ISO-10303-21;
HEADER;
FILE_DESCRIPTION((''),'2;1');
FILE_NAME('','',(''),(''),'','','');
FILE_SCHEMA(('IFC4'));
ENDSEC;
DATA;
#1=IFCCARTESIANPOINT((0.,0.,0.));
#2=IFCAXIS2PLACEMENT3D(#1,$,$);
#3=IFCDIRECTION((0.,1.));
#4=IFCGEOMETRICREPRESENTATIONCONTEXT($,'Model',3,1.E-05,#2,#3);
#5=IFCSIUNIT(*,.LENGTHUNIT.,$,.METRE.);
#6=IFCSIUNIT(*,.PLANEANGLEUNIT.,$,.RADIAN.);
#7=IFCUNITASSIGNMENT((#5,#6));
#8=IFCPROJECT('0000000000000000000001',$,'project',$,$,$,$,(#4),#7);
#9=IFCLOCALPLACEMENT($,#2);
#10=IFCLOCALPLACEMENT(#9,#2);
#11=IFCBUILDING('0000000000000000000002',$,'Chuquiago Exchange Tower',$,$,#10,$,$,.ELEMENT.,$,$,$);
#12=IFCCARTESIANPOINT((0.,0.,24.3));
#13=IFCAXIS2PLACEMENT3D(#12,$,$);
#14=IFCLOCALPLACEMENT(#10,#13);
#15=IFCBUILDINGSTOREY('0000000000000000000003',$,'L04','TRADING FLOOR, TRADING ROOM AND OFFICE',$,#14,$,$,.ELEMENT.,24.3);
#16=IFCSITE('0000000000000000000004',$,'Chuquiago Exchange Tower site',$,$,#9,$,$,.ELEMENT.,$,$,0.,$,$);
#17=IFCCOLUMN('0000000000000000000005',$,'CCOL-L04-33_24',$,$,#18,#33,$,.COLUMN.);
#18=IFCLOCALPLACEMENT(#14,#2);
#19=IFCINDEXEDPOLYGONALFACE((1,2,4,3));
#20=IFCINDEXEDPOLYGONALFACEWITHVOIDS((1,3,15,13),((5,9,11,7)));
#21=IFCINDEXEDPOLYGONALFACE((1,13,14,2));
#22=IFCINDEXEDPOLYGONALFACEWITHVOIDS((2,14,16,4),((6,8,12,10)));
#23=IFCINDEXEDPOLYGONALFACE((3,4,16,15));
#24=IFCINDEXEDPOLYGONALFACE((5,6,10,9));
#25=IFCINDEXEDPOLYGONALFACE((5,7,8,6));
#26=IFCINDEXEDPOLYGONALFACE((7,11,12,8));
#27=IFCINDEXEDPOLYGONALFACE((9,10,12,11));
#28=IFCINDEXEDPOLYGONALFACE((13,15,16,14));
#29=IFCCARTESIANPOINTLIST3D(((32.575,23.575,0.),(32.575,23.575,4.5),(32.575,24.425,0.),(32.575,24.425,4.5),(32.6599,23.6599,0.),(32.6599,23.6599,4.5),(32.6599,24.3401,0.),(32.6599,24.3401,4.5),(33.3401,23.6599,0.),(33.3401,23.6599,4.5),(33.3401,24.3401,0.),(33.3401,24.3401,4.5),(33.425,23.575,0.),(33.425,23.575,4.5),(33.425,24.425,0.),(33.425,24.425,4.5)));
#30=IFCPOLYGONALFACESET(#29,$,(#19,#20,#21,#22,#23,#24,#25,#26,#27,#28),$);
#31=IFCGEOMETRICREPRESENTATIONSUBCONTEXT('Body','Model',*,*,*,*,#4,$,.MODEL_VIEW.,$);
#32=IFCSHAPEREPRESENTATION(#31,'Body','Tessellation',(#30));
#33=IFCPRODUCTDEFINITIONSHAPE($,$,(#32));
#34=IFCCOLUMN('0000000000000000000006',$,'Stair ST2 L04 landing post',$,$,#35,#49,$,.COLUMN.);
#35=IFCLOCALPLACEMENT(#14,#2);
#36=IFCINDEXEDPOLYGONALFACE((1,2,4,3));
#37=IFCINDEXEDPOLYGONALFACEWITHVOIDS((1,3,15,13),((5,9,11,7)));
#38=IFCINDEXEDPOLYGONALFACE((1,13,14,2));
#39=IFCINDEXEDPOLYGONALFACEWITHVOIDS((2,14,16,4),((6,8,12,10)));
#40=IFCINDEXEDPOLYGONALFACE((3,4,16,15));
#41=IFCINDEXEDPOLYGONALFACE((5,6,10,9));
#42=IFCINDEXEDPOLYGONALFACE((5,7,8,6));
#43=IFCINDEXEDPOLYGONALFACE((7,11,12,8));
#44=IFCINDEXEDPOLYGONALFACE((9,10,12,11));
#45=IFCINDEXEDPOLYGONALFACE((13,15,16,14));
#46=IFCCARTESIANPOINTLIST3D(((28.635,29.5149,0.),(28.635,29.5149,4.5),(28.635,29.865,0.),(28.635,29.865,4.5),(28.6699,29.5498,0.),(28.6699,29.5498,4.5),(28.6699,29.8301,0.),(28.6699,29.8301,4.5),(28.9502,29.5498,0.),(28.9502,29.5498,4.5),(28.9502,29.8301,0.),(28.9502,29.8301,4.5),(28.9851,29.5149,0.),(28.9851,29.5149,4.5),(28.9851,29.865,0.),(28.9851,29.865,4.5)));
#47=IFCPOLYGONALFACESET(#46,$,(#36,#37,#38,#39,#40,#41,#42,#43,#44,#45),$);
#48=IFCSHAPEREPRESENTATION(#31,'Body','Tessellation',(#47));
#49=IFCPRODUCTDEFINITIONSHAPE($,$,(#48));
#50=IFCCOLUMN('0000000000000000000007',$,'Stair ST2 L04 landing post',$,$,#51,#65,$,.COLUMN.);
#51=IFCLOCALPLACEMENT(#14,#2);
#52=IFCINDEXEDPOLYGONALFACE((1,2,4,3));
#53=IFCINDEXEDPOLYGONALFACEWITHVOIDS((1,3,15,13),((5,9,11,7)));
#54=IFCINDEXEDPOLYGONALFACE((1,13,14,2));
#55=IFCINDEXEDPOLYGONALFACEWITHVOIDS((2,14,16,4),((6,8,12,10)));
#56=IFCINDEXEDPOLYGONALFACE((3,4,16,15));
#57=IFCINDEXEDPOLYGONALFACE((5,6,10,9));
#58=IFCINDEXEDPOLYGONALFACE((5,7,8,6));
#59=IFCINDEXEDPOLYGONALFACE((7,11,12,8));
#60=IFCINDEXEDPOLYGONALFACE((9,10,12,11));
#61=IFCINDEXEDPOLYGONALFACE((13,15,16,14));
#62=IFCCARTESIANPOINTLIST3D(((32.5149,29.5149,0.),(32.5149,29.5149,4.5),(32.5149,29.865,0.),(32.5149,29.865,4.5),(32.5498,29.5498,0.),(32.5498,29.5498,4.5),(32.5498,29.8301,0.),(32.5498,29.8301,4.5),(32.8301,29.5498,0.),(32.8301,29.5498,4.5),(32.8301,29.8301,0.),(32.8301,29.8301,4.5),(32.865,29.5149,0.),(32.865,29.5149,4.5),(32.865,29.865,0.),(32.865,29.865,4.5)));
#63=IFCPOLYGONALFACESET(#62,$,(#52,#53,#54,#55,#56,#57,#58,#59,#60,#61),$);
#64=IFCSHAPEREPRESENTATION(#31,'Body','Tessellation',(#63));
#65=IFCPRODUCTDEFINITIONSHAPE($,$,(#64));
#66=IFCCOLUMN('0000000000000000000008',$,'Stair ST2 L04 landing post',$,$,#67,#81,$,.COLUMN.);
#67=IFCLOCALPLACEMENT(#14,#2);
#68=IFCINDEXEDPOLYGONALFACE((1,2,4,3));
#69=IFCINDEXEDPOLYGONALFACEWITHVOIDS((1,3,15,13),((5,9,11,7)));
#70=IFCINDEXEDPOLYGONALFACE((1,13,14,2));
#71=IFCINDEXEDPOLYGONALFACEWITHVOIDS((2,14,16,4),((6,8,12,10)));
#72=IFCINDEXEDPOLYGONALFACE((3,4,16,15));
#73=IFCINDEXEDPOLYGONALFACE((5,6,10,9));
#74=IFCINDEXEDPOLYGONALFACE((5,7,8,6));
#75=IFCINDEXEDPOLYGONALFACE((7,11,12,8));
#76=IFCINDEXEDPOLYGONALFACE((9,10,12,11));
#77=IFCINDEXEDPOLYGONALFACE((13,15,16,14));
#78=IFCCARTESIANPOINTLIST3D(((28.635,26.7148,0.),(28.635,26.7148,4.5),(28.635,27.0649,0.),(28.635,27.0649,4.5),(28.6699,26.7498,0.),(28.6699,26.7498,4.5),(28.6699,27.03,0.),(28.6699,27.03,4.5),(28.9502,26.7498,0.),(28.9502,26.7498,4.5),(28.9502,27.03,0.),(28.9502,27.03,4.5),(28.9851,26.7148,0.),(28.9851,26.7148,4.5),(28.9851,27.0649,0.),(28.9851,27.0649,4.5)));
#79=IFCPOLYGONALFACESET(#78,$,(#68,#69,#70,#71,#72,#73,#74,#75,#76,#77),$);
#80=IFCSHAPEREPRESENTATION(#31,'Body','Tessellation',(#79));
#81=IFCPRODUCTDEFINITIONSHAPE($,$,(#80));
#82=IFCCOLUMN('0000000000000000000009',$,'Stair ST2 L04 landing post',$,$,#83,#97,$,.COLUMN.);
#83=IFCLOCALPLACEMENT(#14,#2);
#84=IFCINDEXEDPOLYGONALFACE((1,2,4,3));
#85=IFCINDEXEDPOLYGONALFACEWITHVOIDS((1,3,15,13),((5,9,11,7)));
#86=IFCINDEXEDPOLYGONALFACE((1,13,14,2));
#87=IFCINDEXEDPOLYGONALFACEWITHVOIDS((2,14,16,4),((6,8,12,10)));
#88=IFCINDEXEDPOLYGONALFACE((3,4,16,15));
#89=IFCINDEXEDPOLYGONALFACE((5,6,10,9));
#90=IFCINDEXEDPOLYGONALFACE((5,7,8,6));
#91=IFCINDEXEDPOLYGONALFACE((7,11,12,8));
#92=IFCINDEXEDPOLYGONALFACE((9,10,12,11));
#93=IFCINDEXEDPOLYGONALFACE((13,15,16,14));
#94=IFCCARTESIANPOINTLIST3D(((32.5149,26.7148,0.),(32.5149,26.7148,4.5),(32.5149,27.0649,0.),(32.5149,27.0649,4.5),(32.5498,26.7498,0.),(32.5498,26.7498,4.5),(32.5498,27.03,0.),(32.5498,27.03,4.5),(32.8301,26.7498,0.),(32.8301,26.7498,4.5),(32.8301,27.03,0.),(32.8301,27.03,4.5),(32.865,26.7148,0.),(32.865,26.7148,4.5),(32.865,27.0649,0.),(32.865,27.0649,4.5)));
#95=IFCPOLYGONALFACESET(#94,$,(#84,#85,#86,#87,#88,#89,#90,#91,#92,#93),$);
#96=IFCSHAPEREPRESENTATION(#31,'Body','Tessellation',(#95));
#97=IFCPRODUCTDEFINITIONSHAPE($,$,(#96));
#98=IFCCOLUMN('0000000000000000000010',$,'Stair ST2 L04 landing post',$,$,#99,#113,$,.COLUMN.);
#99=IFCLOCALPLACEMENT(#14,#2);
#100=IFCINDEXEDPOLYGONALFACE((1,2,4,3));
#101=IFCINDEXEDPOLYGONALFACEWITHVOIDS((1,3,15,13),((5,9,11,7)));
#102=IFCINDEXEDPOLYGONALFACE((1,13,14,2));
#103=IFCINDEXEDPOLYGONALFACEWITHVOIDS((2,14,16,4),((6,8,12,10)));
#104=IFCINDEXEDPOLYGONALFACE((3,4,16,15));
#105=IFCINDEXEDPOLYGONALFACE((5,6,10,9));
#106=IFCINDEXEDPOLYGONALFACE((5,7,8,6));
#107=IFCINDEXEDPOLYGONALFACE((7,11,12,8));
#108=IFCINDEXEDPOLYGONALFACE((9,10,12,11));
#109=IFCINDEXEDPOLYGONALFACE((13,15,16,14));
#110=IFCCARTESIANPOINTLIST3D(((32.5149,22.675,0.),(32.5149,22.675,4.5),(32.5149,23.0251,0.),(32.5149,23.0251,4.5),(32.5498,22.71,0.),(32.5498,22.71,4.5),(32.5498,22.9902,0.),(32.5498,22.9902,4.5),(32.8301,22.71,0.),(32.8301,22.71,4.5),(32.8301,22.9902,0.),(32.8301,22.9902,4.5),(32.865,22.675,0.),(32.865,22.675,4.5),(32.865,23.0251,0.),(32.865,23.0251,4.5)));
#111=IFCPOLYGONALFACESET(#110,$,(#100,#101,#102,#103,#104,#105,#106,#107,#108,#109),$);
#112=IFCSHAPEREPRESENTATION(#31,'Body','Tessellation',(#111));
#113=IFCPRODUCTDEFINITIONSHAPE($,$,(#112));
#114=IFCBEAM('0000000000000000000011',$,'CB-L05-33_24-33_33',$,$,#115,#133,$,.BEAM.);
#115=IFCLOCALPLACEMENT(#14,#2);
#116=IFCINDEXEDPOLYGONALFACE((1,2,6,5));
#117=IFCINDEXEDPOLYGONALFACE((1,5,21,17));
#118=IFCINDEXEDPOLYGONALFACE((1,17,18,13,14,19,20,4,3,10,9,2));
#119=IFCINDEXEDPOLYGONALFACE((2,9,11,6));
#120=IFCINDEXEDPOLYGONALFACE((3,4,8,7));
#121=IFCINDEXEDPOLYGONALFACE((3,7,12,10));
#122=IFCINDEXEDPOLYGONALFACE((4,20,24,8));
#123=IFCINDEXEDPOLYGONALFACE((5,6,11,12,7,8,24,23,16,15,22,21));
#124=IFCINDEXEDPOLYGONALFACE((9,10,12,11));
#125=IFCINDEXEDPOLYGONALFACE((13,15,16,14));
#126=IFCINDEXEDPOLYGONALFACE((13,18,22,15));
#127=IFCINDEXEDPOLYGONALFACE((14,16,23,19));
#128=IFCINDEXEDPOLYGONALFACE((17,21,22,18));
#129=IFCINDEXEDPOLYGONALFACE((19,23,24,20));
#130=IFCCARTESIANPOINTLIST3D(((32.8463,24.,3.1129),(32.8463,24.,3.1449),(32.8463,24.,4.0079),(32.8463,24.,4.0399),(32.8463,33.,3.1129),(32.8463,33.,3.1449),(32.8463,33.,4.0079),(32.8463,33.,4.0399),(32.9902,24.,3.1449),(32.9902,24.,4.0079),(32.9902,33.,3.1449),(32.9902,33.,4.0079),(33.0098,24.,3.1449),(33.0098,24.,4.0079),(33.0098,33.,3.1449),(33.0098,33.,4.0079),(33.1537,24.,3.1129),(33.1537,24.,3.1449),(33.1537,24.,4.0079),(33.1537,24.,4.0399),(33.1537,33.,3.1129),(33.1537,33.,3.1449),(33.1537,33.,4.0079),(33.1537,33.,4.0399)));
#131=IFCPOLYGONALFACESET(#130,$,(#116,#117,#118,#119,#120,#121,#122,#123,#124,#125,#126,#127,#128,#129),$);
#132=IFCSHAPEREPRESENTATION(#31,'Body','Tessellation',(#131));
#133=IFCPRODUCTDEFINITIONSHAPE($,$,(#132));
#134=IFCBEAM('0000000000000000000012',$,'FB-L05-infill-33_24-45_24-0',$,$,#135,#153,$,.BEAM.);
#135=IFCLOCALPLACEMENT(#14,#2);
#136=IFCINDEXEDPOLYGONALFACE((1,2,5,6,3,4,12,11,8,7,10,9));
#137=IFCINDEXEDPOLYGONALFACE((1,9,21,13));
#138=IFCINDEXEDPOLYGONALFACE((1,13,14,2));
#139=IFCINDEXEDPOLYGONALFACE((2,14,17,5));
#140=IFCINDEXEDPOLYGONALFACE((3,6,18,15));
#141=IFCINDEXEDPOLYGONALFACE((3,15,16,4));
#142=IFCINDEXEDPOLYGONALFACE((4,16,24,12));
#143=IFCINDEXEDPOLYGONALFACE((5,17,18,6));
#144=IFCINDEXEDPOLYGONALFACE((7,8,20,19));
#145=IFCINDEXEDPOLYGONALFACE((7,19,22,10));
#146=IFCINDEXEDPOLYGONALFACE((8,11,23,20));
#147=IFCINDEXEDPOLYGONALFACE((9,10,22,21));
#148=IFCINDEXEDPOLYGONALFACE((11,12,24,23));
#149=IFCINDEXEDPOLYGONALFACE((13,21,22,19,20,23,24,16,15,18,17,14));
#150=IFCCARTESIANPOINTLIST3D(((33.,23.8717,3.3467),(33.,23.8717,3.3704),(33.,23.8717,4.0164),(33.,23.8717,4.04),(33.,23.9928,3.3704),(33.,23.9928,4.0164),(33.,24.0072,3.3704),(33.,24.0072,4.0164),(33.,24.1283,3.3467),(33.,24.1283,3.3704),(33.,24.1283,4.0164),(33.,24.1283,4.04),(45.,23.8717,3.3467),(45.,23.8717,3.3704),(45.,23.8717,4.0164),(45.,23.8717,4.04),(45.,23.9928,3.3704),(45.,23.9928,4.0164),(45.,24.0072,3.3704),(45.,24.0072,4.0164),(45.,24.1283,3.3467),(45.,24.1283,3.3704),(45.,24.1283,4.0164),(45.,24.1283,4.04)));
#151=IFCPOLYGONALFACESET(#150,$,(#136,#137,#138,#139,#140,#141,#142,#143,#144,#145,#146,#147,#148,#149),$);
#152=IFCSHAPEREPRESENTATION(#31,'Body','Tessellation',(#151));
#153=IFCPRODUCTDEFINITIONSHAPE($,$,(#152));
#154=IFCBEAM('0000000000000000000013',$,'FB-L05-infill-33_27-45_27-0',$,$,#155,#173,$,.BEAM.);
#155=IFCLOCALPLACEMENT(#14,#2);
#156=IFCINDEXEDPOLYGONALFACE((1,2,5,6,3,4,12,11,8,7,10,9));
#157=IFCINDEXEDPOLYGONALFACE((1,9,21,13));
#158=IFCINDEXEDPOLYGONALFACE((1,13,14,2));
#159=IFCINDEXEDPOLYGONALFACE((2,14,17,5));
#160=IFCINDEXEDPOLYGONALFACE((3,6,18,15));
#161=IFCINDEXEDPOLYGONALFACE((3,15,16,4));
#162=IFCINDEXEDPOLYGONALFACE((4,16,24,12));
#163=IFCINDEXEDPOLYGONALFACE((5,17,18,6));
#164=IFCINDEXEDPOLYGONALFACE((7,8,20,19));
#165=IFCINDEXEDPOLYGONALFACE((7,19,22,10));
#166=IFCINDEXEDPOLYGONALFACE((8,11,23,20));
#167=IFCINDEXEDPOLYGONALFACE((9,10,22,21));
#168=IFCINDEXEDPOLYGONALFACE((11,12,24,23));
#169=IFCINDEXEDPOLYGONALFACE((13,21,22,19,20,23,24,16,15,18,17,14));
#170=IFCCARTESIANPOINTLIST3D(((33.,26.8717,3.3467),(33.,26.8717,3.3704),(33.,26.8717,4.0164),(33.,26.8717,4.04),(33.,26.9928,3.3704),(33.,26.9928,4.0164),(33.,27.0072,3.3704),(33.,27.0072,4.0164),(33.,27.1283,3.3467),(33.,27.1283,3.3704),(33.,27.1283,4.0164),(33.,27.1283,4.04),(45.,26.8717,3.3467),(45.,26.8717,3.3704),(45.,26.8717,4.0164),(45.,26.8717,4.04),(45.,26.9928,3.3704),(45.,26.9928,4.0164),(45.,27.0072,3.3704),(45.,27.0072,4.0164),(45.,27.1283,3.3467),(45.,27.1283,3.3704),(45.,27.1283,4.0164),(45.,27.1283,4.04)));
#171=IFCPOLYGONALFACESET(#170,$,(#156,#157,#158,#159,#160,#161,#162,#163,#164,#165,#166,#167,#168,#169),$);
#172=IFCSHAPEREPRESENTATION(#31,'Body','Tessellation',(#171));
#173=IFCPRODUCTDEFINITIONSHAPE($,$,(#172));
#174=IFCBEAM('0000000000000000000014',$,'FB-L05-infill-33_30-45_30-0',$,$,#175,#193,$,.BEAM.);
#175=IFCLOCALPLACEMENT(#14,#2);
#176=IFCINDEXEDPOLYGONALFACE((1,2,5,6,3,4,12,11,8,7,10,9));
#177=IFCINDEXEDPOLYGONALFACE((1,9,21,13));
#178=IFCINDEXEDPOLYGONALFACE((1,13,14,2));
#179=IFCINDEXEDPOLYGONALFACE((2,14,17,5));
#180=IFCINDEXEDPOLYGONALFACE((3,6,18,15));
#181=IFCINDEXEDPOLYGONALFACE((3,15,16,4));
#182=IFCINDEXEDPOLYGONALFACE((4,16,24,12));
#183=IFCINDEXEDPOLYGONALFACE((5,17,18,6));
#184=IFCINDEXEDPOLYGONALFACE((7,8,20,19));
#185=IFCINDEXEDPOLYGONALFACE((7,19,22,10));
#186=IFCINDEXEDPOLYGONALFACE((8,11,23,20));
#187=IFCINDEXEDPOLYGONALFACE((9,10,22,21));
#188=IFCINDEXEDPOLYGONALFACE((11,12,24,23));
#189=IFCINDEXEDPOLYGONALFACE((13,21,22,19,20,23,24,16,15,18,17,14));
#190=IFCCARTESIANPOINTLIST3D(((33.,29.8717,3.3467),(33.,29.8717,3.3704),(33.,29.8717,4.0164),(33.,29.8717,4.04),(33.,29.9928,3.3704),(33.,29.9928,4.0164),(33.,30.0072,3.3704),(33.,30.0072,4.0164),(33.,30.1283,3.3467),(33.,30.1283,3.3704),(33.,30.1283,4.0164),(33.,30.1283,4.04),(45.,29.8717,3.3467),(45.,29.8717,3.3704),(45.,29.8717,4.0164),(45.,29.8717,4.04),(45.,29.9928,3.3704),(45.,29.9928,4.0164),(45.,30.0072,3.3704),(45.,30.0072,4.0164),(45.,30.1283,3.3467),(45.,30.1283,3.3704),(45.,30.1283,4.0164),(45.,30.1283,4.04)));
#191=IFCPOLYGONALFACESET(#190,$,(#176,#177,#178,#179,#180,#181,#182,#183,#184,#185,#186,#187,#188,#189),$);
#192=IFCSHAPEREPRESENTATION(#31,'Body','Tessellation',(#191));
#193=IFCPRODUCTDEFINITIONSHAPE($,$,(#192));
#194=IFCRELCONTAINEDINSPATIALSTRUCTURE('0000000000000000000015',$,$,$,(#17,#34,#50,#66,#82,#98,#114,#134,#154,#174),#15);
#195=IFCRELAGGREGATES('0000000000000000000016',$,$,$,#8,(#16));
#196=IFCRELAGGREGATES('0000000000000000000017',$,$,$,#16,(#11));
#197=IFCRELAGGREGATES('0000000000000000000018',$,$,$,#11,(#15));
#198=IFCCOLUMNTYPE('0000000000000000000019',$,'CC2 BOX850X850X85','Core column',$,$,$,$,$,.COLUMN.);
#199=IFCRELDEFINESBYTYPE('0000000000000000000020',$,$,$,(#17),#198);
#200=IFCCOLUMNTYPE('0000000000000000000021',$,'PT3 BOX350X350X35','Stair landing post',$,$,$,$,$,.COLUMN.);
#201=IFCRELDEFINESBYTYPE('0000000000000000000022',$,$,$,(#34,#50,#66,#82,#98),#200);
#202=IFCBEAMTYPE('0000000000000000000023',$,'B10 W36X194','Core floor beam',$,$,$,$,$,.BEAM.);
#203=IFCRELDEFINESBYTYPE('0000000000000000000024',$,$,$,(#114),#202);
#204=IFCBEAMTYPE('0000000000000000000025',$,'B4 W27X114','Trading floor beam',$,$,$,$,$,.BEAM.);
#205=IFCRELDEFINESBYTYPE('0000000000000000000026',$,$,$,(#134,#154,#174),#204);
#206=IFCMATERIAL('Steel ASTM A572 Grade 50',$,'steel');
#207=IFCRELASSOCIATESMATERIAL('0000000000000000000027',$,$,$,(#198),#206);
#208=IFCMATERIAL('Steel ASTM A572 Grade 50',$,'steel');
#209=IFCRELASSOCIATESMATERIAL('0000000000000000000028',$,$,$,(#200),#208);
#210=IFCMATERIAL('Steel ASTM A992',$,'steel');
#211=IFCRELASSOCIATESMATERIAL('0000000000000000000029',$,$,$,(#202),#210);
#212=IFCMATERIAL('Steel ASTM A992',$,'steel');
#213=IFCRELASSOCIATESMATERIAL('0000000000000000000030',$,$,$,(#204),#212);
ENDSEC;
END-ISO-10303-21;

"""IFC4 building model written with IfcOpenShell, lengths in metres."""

from ifc_helpers import new_model, si_unit, direction, frame, origin, origin_2d, place, context, subcontext, project, spatial, hollow_rectangle, i_section, extrude, material, material_profile, profile_set, type_object, element, save


model = new_model("IFC4")

# Units and contexts
model_context = context("Model", 3, precision=1e-05, world=origin(), true_north=direction((0.0, 1.0)))
body_context = subcontext(model_context, "Body", "Model", "MODEL_VIEW")
ifc_project = project(units=[si_unit("LENGTHUNIT", "METRE"), si_unit("PLANEANGLEUNIT", "RADIAN")], contexts=[model_context])

# Site, building, storey
site_placement = place(None, origin())
site = spatial("IfcSite", under=ifc_project, at=site_placement, Name="Chuquiago Exchange Tower site", CompositionType="ELEMENT", RefElevation=0.0)
building_placement = place(site_placement, origin())
building = spatial("IfcBuilding", under=site, at=building_placement, Name="Chuquiago Exchange Tower", CompositionType="ELEMENT")
storey_placement = place(building_placement, frame((0.0, 0.0, 24.3)))
storey = spatial("IfcBuildingStorey", under=building, at=storey_placement, Name="L04", Description="TRADING FLOOR, TRADING ROOM AND OFFICE", CompositionType="ELEMENT", Elevation=24.3)

# Columns
ifc_material_1 = material(Name="Steel ASTM A572 Grade 50", Category="steel")
ifc_material_profile_1 = material_profile(ifc_material_1, hollow_rectangle(XDim=0.8501, YDim=0.8501, WallThickness=0.085, at=origin_2d()), Name="BOX850X850X85")
ifc_profile_set_1 = profile_set([ifc_material_profile_1], Name="Steel ASTM A572 Grade 50")
column_type_1 = type_object("IfcColumnType", Name="CC2 BOX850X850X85", Description="Core column", PredefinedType="COLUMN", material=ifc_profile_set_1)
column_placement = place(storey_placement, frame((33.0, 24.0, 0.0), z_axis=(0.0, 0.0, 1.0), x_axis=(1.0, 0.0, 0.0)))
element("IfcColumn", 1, at=column_placement, inside=storey, type_object=column_type_1, Name="CCOL-L04-33_24", PredefinedType="COLUMN", context=body_context, shape_type="SweptSolid", body=[
    extrude(hollow_rectangle(XDim=0.8501, YDim=0.8501, WallThickness=0.085, at=origin_2d()), origin(), (0.0, 0.0, 1.0), 4.5),
])
ifc_material_2 = material(Name="Steel ASTM A572 Grade 50", Category="steel")
ifc_material_profile_2 = material_profile(ifc_material_2, hollow_rectangle(XDim=0.3501, YDim=0.3501, WallThickness=0.0349, at=origin_2d()), Name="BOX350X350X35")
ifc_profile_set_2 = profile_set([ifc_material_profile_2], Name="Steel ASTM A572 Grade 50")
column_type_2 = type_object("IfcColumnType", Name="PT3 BOX350X350X35", Description="Stair landing post", PredefinedType="COLUMN", material=ifc_profile_set_2)
for number, where, z_axis, x_axis, name in (
    (2, (28.8101, 29.6899, 0.0), (0.0, 0.0, 1.0), (1.0, 0.0, 0.0), "Stair ST2 L04 landing post"),
    (3, (32.6899, 29.6899, 0.0), (0.0, 0.0, 1.0), (1.0, 0.0, 0.0), "Stair ST2 L04 landing post"),
    (4, (28.8101, 26.8899, 0.0), (0.0, 0.0, 1.0), (1.0, 0.0, 0.0), "Stair ST2 L04 landing post"),
    (5, (32.6899, 26.8899, 0.0), (0.0, 0.0, 1.0), (1.0, 0.0, 0.0), "Stair ST2 L04 landing post"),
    (6, (32.6899, 22.8501, 0.0), (0.0, 0.0, 1.0), (1.0, 0.0, 0.0), "Stair ST2 L04 landing post"),
):
    element("IfcColumn", number, at=place(storey_placement, frame(where, z_axis=z_axis, x_axis=x_axis)), inside=storey, type_object=column_type_2, Name=name, PredefinedType="COLUMN", context=body_context, shape_type="SweptSolid", body=[
        extrude(hollow_rectangle(XDim=0.3501, YDim=0.3501, WallThickness=0.0349, at=origin_2d()), origin(), (0.0, 0.0, 1.0), 4.5),
    ])

# Beams
ifc_material_3 = material(Name="Steel ASTM A992", Category="steel")
ifc_material_profile_3 = material_profile(ifc_material_3, i_section(OverallWidth=0.3074, OverallDepth=0.927, WebThickness=0.0195, FlangeThickness=0.032, at=origin_2d()), Name="W36X194")
ifc_profile_set_3 = profile_set([ifc_material_profile_3], Name="Steel ASTM A992")
beam_type_1 = type_object("IfcBeamType", Name="B10 W36X194", Description="Core floor beam", PredefinedType="BEAM", material=ifc_profile_set_3)
beam_placement = place(storey_placement, frame((33.0, 24.0, 3.5764), z_axis=(0.0, 1.0, 0.0), x_axis=(-1.0, 0.0, 0.0)))
element("IfcBeam", 7, at=beam_placement, inside=storey, type_object=beam_type_1, Name="CB-L05-33_24-33_33", PredefinedType="BEAM", context=body_context, shape_type="SweptSolid", body=[
    extrude(i_section(OverallWidth=0.3074, OverallDepth=0.927, WebThickness=0.0195, FlangeThickness=0.032, at=origin_2d()), origin(), (0.0, 0.0, 1.0), 9.0),
])
ifc_material_4 = material(Name="Steel ASTM A992", Category="steel")
ifc_material_profile_4 = material_profile(ifc_material_4, i_section(OverallWidth=0.2566, OverallDepth=0.6934, WebThickness=0.0144, FlangeThickness=0.0237, at=origin_2d()), Name="W27X114")
ifc_profile_set_4 = profile_set([ifc_material_profile_4], Name="Steel ASTM A992")
beam_type_2 = type_object("IfcBeamType", Name="B4 W27X114", Description="Trading floor beam", PredefinedType="BEAM", material=ifc_profile_set_4)
for number, where, z_axis, x_axis, name in (
    (8, (33.0, 24.0, 3.6934), (1.0, 0.0, 0.0), (0.0, 1.0, 0.0), "FB-L05-infill-33_24-45_24-0"),
    (9, (33.0, 27.0, 3.6934), (1.0, 0.0, 0.0), (0.0, 1.0, 0.0), "FB-L05-infill-33_27-45_27-0"),
    (10, (33.0, 30.0, 3.6934), (1.0, 0.0, 0.0), (0.0, 1.0, 0.0), "FB-L05-infill-33_30-45_30-0"),
):
    element("IfcBeam", number, at=place(storey_placement, frame(where, z_axis=z_axis, x_axis=x_axis)), inside=storey, type_object=beam_type_2, Name=name, PredefinedType="BEAM", context=body_context, shape_type="SweptSolid", body=[
        extrude(i_section(OverallWidth=0.2566, OverallDepth=0.6934, WebThickness=0.0144, FlangeThickness=0.0237, at=origin_2d()), origin(), (0.0, 0.0, 1.0), 12.0),
    ])

save(model, "model.ifc")
